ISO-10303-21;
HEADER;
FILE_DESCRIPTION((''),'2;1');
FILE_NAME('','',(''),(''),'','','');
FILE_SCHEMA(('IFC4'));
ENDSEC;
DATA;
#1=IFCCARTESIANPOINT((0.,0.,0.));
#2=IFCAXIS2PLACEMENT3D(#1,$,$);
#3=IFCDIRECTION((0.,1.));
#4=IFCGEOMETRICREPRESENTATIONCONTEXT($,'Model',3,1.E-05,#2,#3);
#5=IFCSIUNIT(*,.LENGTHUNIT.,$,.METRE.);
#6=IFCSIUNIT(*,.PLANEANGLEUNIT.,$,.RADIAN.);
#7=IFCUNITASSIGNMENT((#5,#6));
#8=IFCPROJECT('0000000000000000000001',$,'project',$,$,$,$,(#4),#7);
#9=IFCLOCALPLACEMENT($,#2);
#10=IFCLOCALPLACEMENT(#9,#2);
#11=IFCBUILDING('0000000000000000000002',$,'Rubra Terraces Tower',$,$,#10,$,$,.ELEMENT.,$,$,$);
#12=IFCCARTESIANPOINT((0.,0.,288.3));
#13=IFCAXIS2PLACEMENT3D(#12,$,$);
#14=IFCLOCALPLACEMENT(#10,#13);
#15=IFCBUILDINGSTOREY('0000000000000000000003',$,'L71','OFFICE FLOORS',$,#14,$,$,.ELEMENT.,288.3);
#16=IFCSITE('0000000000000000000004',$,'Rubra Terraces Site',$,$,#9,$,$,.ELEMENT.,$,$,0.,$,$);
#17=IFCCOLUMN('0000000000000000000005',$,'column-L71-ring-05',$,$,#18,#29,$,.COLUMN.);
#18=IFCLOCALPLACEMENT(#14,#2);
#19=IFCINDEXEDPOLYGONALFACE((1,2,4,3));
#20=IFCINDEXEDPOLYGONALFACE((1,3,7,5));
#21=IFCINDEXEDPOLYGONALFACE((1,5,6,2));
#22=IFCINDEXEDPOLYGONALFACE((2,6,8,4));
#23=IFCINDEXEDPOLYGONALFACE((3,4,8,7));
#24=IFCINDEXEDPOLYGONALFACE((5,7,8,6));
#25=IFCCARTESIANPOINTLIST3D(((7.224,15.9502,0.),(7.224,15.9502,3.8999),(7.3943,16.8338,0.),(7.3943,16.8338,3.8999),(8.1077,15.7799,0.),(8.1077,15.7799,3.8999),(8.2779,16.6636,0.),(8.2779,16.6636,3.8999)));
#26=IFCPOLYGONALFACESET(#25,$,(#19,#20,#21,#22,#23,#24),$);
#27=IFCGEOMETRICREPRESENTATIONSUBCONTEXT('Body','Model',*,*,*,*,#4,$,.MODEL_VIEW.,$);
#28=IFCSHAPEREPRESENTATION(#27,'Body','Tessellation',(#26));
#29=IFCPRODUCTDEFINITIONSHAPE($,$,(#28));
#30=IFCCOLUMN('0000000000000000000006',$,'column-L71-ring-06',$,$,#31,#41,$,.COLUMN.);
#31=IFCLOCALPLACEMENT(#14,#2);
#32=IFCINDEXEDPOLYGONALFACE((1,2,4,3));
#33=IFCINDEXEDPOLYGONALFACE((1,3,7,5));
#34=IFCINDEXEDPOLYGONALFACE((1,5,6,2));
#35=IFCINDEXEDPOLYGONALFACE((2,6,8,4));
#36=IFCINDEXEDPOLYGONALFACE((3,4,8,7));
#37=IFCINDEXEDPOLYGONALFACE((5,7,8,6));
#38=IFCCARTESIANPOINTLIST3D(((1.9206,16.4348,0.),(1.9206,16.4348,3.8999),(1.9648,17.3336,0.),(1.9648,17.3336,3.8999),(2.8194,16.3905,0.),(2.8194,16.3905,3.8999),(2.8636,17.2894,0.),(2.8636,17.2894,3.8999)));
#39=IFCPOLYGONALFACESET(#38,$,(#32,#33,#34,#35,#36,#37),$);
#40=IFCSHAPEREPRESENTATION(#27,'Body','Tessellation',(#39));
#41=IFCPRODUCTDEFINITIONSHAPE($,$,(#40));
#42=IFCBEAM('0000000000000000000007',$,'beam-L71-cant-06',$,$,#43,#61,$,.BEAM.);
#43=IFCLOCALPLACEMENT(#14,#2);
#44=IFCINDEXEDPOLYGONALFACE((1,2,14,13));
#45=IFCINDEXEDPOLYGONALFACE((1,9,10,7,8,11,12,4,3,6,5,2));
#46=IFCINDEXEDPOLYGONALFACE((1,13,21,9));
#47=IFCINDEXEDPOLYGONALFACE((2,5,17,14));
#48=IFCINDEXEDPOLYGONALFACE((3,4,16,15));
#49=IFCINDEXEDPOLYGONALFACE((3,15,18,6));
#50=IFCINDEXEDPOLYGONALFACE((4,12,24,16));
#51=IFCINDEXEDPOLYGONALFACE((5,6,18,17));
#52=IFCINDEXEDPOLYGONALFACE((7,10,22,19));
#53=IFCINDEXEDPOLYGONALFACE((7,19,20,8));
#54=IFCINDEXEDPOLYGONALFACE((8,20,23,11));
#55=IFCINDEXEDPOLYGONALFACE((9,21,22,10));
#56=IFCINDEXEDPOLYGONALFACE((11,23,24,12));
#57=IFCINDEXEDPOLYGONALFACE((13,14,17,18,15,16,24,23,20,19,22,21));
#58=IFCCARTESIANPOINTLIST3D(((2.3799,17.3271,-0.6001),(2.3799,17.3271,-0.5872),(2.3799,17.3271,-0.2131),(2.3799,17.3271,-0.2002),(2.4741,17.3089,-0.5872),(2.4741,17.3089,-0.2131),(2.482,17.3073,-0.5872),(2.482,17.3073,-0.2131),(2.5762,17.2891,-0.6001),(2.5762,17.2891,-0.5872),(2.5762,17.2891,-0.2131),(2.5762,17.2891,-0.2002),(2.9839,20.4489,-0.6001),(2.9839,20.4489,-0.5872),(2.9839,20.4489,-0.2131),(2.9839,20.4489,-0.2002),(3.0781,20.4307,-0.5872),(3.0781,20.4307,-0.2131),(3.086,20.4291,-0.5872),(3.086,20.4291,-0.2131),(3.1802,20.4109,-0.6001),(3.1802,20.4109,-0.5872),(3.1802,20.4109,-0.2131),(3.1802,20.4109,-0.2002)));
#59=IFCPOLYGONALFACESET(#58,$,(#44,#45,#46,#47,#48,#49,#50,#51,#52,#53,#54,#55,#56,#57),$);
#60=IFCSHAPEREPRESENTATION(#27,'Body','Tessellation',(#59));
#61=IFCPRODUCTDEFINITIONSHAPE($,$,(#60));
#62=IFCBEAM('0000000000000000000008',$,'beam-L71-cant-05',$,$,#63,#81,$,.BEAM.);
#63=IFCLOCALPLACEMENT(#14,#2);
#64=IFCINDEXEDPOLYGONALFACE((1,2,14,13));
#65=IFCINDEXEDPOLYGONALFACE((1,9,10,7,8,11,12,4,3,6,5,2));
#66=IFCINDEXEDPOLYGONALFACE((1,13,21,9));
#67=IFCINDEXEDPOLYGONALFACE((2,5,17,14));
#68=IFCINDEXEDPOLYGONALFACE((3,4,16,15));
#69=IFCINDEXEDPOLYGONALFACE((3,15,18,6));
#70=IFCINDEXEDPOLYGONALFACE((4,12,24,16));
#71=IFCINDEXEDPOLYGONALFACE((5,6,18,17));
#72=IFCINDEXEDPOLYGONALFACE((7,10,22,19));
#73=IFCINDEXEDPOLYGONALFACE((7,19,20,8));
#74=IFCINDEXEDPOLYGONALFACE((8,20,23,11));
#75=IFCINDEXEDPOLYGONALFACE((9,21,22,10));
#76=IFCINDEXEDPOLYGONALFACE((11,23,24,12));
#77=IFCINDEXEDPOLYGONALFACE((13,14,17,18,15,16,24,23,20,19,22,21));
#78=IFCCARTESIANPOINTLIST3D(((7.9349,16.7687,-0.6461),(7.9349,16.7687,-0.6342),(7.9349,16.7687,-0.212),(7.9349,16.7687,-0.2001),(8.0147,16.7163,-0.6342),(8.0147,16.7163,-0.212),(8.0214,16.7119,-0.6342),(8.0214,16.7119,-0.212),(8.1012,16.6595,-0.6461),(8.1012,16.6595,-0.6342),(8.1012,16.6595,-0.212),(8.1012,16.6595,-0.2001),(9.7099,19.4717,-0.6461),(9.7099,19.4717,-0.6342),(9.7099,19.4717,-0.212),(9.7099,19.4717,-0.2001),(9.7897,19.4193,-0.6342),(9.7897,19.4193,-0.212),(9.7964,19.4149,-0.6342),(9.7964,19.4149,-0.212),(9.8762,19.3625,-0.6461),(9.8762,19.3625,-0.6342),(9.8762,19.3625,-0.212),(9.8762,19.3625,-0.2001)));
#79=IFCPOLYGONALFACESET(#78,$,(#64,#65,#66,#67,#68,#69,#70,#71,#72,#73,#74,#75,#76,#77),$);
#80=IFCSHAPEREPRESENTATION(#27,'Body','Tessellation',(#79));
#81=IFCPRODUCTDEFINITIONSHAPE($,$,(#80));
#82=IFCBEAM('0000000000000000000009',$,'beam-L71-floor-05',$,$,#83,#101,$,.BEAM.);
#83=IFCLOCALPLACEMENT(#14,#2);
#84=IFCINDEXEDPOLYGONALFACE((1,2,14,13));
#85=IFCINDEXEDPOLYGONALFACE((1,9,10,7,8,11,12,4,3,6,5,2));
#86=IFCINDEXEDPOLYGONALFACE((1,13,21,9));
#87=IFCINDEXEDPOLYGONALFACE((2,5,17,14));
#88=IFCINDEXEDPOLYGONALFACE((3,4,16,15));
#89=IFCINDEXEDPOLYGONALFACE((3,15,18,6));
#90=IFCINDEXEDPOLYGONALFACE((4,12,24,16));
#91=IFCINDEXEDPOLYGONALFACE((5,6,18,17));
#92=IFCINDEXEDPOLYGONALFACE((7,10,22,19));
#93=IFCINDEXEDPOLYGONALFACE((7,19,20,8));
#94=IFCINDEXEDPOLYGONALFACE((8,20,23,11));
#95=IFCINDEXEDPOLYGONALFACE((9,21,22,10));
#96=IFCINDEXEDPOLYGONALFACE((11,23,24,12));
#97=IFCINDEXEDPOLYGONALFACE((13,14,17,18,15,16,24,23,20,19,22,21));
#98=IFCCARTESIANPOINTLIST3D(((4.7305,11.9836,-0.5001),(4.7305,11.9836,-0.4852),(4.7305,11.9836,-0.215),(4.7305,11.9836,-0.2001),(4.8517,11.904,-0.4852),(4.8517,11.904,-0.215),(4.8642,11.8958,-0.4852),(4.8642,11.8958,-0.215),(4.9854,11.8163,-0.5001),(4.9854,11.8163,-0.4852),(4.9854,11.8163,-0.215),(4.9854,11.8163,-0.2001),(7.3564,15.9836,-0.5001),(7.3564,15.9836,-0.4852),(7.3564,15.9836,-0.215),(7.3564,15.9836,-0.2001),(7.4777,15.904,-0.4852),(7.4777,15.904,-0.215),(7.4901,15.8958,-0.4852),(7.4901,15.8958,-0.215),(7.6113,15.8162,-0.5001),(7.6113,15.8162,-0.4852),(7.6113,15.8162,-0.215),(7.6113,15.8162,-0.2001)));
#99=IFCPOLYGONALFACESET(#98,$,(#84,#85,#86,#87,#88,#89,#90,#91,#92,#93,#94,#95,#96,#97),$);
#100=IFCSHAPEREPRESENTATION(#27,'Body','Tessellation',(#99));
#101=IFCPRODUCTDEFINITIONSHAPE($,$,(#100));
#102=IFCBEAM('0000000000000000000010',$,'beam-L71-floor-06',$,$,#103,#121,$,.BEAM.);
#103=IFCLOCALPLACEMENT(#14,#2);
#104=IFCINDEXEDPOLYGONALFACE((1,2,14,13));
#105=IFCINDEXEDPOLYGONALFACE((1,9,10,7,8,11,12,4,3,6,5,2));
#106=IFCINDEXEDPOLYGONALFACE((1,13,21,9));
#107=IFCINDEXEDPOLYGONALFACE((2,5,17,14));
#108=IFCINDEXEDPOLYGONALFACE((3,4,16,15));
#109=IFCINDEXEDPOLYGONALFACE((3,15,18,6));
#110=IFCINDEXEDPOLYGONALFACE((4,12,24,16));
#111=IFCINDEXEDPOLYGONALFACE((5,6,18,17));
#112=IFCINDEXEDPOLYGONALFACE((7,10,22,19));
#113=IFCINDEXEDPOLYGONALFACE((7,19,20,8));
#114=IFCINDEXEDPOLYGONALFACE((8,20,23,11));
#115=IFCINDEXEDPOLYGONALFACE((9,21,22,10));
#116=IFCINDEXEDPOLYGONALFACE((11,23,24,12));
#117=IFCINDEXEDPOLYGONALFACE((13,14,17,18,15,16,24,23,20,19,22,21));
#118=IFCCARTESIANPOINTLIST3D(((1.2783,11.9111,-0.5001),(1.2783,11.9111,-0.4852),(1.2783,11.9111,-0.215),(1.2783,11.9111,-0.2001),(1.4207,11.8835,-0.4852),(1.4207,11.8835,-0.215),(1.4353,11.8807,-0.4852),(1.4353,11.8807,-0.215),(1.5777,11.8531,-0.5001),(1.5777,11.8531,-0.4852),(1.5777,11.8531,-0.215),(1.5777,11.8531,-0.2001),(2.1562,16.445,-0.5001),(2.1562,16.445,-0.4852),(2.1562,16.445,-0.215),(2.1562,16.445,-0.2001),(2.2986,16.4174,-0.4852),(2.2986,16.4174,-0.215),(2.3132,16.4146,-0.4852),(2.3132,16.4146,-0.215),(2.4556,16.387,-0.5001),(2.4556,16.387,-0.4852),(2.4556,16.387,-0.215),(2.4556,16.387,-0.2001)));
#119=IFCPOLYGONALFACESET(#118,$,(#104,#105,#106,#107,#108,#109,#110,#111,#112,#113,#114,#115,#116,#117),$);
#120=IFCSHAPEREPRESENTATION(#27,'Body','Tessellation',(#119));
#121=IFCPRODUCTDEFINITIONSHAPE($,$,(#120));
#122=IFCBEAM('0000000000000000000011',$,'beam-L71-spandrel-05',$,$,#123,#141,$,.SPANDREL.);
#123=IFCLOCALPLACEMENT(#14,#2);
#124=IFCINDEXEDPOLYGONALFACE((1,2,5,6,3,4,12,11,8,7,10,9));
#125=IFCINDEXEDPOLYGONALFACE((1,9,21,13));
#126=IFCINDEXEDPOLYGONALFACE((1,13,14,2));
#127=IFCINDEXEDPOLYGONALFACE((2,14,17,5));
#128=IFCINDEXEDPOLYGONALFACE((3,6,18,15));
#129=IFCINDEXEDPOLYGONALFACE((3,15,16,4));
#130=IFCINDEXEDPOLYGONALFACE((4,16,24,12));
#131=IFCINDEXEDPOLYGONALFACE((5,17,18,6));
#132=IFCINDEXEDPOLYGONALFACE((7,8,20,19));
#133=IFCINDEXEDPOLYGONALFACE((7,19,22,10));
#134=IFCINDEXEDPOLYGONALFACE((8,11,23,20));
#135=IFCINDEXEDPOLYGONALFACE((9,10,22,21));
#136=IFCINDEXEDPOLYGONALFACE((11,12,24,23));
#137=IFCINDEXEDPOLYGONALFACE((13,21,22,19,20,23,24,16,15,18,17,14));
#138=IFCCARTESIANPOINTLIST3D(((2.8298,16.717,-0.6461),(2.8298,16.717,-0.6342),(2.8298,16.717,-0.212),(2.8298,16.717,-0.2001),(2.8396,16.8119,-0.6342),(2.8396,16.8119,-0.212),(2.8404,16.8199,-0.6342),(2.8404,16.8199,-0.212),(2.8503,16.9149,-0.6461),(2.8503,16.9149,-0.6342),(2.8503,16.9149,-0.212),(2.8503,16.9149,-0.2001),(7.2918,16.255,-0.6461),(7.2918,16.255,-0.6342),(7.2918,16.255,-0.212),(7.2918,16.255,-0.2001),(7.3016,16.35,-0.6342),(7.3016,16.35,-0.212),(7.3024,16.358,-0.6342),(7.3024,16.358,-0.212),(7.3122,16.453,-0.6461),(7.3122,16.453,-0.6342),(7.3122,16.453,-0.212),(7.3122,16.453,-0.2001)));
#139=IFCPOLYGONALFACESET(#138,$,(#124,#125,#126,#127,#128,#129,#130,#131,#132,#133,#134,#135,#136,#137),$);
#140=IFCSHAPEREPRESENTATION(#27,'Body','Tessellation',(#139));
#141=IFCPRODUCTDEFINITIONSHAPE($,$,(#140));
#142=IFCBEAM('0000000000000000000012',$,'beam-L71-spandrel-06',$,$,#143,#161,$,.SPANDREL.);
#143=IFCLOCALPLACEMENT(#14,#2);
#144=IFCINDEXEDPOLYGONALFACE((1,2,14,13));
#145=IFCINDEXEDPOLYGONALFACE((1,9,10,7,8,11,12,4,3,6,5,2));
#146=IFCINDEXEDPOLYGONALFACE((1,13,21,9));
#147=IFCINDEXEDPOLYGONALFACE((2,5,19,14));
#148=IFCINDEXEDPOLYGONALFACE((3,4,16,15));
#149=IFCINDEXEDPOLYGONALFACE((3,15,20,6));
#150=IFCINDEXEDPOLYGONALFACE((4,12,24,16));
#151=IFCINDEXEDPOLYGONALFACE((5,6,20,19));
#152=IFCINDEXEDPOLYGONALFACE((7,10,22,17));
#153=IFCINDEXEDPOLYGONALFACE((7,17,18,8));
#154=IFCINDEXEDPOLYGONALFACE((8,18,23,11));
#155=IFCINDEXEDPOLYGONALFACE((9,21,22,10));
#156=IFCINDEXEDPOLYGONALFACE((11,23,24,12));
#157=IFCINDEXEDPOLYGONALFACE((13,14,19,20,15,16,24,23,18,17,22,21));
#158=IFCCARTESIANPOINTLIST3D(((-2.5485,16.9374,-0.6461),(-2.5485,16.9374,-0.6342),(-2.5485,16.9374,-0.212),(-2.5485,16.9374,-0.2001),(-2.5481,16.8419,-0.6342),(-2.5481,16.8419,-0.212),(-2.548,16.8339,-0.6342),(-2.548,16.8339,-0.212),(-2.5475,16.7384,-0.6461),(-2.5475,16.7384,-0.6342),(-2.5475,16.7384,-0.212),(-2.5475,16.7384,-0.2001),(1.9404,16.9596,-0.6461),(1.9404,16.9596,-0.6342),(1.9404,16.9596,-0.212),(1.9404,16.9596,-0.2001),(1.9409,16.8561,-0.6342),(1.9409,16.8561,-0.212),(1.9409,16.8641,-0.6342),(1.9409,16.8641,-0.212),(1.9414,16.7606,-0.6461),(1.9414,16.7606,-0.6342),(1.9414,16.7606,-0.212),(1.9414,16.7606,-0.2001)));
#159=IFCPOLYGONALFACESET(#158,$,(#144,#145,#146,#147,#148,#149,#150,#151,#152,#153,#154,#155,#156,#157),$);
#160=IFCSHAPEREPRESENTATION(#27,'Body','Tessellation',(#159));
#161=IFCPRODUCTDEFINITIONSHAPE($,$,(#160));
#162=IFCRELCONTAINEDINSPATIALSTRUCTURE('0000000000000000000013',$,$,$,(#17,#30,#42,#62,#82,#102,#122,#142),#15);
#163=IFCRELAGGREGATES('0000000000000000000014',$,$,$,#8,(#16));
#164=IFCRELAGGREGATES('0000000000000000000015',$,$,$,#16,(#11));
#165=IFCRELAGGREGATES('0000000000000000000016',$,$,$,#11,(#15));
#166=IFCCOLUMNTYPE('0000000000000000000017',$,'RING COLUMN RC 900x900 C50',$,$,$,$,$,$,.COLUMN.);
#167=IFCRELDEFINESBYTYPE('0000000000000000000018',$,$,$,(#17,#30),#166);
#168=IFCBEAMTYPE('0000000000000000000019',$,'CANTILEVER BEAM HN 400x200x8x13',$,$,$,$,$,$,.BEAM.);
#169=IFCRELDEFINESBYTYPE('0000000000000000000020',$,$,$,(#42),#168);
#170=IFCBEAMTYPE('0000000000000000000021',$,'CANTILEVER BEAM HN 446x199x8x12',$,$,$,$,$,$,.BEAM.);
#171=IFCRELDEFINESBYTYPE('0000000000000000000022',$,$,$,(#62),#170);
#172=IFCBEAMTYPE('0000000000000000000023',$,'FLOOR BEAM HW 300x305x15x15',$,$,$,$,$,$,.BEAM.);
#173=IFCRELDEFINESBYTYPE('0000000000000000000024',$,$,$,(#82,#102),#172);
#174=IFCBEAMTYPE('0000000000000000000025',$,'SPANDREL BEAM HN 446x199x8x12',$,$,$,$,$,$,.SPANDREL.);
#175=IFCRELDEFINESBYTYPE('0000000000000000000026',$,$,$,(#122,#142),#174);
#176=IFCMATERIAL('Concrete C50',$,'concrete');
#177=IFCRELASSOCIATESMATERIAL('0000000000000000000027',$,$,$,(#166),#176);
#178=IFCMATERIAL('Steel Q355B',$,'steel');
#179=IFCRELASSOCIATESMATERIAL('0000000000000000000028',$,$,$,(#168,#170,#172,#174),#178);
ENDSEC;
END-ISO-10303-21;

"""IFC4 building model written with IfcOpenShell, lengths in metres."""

from ifc_helpers import new_model, si_unit, direction, frame, origin, origin_2d, place, context, subcontext, project, spatial, rectangle, i_section, extrude, material, material_profile, profile_set, type_object, element, save


model = new_model("IFC4")

# Units and contexts
model_context = context("Model", 3, precision=1e-05, world=origin(), true_north=direction((0.0, 1.0)))
body_context = subcontext(model_context, "Body", "Model", "MODEL_VIEW")
ifc_project = project(units=[si_unit("LENGTHUNIT", "METRE"), si_unit("PLANEANGLEUNIT", "RADIAN")], contexts=[model_context])

# Site, building, storey
site_placement = place(None, origin())
site = spatial("IfcSite", under=ifc_project, at=site_placement, Name="Rubra Terraces Site", CompositionType="ELEMENT", RefElevation=0.0)
building_placement = place(site_placement, origin())
building = spatial("IfcBuilding", under=site, at=building_placement, Name="Rubra Terraces Tower", CompositionType="ELEMENT")
storey_placement = place(building_placement, frame((0.0, 0.0, 288.3)))
storey = spatial("IfcBuildingStorey", under=building, at=storey_placement, Name="L71", Description="OFFICE FLOORS", CompositionType="ELEMENT", Elevation=288.3)

# Columns
ifc_material_1 = material(Name="Concrete C50", Category="concrete")
ifc_material_profile_1 = material_profile(ifc_material_1, rectangle(XDim=0.8999, YDim=0.8999, at=origin_2d()), Name="RC 900x900")
ifc_profile_set_1 = profile_set([ifc_material_profile_1], Name="Concrete C50")
column_type = type_object("IfcColumnType", Name="RING COLUMN RC 900x900 C50", PredefinedType="COLUMN", material=ifc_profile_set_1)
for number, where, z_axis, x_axis, name in (
    (1, (7.751, 16.3069, 0.0), (0.0, 0.0, 1.0), (-0.981937, 0.18921, 0.0), "column-L71-ring-05"),
    (2, (2.3921, 16.8621, 0.0), (0.0, 0.0, 1.0), (-0.998791, 0.04915, 0.0), "column-L71-ring-06"),
):
    element("IfcColumn", number, at=place(storey_placement, frame(where, z_axis=z_axis, x_axis=x_axis)), inside=storey, type_object=column_type, Name=name, PredefinedType="COLUMN", context=body_context, shape_type="SweptSolid", body=[
        extrude(rectangle(XDim=0.8999, YDim=0.8999, at=origin_2d()), origin(), (0.0, 0.0, 1.0), 3.8999),
    ])

# Beams
ifc_material_2 = material(Name="Steel Q355B", Category="steel")
ifc_material_profile_2 = material_profile(ifc_material_2, i_section(OverallWidth=0.2, OverallDepth=0.3999, WebThickness=0.0081, FlangeThickness=0.0129, at=origin_2d()), Name="HN 400x200x8x13")
ifc_profile_set_2 = profile_set([ifc_material_profile_2], Name="Steel Q355B")
beam_type_1 = type_object("IfcBeamType", Name="CANTILEVER BEAM HN 400x200x8x13", PredefinedType="BEAM", material=ifc_profile_set_2)
beam_1_placement = place(storey_placement, frame((2.478, 17.3081, -0.4001), z_axis=(0.189955, 0.981793, 0.0), x_axis=(-0.981793, 0.189955, 0.0)))
element("IfcBeam", 3, at=beam_1_placement, inside=storey, type_object=beam_type_1, Name="beam-L71-cant-06", PredefinedType="BEAM", context=body_context, shape_type="SweptSolid", body=[
    extrude(i_section(OverallWidth=0.2, OverallDepth=0.3999, WebThickness=0.0081, FlangeThickness=0.0129, at=origin_2d()), origin(), (0.0, 0.0, 1.0), 3.1797),
])
ifc_material_profile_3 = material_profile(ifc_material_2, i_section(OverallWidth=0.199, OverallDepth=0.446, WebThickness=0.0081, FlangeThickness=0.012, at=origin_2d()), Name="HN 446x199x8x12")
ifc_profile_set_3 = profile_set([ifc_material_profile_3], Name="Steel Q355B")
beam_type_2 = type_object("IfcBeamType", Name="CANTILEVER BEAM HN 446x199x8x12", PredefinedType="BEAM", material=ifc_profile_set_3)
beam_2_placement = place(storey_placement, frame((8.0181, 16.7141, -0.4231), z_axis=(0.548902, 0.835887, 0.0), x_axis=(-0.835887, 0.548902, 0.0)))
element("IfcBeam", 4, at=beam_2_placement, inside=storey, type_object=beam_type_2, Name="beam-L71-cant-05", PredefinedType="BEAM", context=body_context, shape_type="SweptSolid", body=[
    extrude(i_section(OverallWidth=0.199, OverallDepth=0.446, WebThickness=0.0081, FlangeThickness=0.012, at=origin_2d()), origin(), (0.0, 0.0, 1.0), 3.2336),
])
ifc_material_profile_4 = material_profile(ifc_material_2, i_section(OverallWidth=0.3049, OverallDepth=0.3, WebThickness=0.0149, FlangeThickness=0.0149, at=origin_2d()), Name="HW 300x305x15x15")
ifc_profile_set_4 = profile_set([ifc_material_profile_4], Name="Steel Q355B")
beam_type_3 = type_object("IfcBeamType", Name="FLOOR BEAM HW 300x305x15x15", PredefinedType="BEAM", material=ifc_profile_set_4)
beam_3_placement = place(storey_placement, frame((7.4839, 15.8999, -0.3501), z_axis=(-0.548799, -0.835954, 0.0), x_axis=(0.835954, -0.548799, 0.0)))
element("IfcBeam", 5, at=beam_3_placement, inside=storey, type_object=beam_type_3, Name="beam-L71-floor-05", PredefinedType="BEAM", context=body_context, shape_type="SweptSolid", body=[
    extrude(i_section(OverallWidth=0.3049, OverallDepth=0.3, WebThickness=0.0149, FlangeThickness=0.0149, at=origin_2d()), origin(), (0.0, 0.0, 1.0), 4.7849),
])
beam_4_placement = place(storey_placement, frame((2.3059, 16.416, -0.3501), z_axis=(-0.190104, -0.981764, 0.0), x_axis=(0.981764, -0.190104, 0.0)))
element("IfcBeam", 6, at=beam_4_placement, inside=storey, type_object=beam_type_3, Name="beam-L71-floor-06", PredefinedType="BEAM", context=body_context, shape_type="SweptSolid", body=[
    extrude(i_section(OverallWidth=0.3049, OverallDepth=0.3, WebThickness=0.0149, FlangeThickness=0.0149, at=origin_2d()), origin(), (0.0, 0.0, 1.0), 4.6182),
])
ifc_material_profile_5 = material_profile(ifc_material_2, i_section(OverallWidth=0.199, OverallDepth=0.446, WebThickness=0.0081, FlangeThickness=0.012, at=origin_2d()), Name="HN 446x199x8x12")
ifc_profile_set_5 = profile_set([ifc_material_profile_5], Name="Steel Q355B")
beam_type_4 = type_object("IfcBeamType", Name="SPANDREL BEAM HN 446x199x8x12", PredefinedType="SPANDREL", material=ifc_profile_set_5)
beam_5_placement = place(storey_placement, frame((7.302, 16.354, -0.4231), z_axis=(-0.994684, 0.102973, 0.0), x_axis=(-0.102973, -0.994684, 0.0)))
element("IfcBeam", 7, at=beam_5_placement, inside=storey, type_object=beam_type_4, Name="beam-L71-spandrel-05", PredefinedType="SPANDREL", context=body_context, shape_type="SweptSolid", body=[
    extrude(i_section(OverallWidth=0.199, OverallDepth=0.446, WebThickness=0.0081, FlangeThickness=0.012, at=origin_2d()), origin(), (0.0, 0.0, 1.0), 4.4858),
])
beam_6_placement = place(storey_placement, frame((1.9409, 16.8601, -0.4231), z_axis=(-0.999988, -0.004949, 0.0), x_axis=(0.004949, -0.999988, 0.0)))
element("IfcBeam", 8, at=beam_6_placement, inside=storey, type_object=beam_type_4, Name="beam-L71-spandrel-06", PredefinedType="SPANDREL", context=body_context, shape_type="SweptSolid", body=[
    extrude(i_section(OverallWidth=0.199, OverallDepth=0.446, WebThickness=0.0081, FlangeThickness=0.012, at=origin_2d()), origin(), (0.0, 0.0, 1.0), 4.489),
])

save(model, "model.ifc")
